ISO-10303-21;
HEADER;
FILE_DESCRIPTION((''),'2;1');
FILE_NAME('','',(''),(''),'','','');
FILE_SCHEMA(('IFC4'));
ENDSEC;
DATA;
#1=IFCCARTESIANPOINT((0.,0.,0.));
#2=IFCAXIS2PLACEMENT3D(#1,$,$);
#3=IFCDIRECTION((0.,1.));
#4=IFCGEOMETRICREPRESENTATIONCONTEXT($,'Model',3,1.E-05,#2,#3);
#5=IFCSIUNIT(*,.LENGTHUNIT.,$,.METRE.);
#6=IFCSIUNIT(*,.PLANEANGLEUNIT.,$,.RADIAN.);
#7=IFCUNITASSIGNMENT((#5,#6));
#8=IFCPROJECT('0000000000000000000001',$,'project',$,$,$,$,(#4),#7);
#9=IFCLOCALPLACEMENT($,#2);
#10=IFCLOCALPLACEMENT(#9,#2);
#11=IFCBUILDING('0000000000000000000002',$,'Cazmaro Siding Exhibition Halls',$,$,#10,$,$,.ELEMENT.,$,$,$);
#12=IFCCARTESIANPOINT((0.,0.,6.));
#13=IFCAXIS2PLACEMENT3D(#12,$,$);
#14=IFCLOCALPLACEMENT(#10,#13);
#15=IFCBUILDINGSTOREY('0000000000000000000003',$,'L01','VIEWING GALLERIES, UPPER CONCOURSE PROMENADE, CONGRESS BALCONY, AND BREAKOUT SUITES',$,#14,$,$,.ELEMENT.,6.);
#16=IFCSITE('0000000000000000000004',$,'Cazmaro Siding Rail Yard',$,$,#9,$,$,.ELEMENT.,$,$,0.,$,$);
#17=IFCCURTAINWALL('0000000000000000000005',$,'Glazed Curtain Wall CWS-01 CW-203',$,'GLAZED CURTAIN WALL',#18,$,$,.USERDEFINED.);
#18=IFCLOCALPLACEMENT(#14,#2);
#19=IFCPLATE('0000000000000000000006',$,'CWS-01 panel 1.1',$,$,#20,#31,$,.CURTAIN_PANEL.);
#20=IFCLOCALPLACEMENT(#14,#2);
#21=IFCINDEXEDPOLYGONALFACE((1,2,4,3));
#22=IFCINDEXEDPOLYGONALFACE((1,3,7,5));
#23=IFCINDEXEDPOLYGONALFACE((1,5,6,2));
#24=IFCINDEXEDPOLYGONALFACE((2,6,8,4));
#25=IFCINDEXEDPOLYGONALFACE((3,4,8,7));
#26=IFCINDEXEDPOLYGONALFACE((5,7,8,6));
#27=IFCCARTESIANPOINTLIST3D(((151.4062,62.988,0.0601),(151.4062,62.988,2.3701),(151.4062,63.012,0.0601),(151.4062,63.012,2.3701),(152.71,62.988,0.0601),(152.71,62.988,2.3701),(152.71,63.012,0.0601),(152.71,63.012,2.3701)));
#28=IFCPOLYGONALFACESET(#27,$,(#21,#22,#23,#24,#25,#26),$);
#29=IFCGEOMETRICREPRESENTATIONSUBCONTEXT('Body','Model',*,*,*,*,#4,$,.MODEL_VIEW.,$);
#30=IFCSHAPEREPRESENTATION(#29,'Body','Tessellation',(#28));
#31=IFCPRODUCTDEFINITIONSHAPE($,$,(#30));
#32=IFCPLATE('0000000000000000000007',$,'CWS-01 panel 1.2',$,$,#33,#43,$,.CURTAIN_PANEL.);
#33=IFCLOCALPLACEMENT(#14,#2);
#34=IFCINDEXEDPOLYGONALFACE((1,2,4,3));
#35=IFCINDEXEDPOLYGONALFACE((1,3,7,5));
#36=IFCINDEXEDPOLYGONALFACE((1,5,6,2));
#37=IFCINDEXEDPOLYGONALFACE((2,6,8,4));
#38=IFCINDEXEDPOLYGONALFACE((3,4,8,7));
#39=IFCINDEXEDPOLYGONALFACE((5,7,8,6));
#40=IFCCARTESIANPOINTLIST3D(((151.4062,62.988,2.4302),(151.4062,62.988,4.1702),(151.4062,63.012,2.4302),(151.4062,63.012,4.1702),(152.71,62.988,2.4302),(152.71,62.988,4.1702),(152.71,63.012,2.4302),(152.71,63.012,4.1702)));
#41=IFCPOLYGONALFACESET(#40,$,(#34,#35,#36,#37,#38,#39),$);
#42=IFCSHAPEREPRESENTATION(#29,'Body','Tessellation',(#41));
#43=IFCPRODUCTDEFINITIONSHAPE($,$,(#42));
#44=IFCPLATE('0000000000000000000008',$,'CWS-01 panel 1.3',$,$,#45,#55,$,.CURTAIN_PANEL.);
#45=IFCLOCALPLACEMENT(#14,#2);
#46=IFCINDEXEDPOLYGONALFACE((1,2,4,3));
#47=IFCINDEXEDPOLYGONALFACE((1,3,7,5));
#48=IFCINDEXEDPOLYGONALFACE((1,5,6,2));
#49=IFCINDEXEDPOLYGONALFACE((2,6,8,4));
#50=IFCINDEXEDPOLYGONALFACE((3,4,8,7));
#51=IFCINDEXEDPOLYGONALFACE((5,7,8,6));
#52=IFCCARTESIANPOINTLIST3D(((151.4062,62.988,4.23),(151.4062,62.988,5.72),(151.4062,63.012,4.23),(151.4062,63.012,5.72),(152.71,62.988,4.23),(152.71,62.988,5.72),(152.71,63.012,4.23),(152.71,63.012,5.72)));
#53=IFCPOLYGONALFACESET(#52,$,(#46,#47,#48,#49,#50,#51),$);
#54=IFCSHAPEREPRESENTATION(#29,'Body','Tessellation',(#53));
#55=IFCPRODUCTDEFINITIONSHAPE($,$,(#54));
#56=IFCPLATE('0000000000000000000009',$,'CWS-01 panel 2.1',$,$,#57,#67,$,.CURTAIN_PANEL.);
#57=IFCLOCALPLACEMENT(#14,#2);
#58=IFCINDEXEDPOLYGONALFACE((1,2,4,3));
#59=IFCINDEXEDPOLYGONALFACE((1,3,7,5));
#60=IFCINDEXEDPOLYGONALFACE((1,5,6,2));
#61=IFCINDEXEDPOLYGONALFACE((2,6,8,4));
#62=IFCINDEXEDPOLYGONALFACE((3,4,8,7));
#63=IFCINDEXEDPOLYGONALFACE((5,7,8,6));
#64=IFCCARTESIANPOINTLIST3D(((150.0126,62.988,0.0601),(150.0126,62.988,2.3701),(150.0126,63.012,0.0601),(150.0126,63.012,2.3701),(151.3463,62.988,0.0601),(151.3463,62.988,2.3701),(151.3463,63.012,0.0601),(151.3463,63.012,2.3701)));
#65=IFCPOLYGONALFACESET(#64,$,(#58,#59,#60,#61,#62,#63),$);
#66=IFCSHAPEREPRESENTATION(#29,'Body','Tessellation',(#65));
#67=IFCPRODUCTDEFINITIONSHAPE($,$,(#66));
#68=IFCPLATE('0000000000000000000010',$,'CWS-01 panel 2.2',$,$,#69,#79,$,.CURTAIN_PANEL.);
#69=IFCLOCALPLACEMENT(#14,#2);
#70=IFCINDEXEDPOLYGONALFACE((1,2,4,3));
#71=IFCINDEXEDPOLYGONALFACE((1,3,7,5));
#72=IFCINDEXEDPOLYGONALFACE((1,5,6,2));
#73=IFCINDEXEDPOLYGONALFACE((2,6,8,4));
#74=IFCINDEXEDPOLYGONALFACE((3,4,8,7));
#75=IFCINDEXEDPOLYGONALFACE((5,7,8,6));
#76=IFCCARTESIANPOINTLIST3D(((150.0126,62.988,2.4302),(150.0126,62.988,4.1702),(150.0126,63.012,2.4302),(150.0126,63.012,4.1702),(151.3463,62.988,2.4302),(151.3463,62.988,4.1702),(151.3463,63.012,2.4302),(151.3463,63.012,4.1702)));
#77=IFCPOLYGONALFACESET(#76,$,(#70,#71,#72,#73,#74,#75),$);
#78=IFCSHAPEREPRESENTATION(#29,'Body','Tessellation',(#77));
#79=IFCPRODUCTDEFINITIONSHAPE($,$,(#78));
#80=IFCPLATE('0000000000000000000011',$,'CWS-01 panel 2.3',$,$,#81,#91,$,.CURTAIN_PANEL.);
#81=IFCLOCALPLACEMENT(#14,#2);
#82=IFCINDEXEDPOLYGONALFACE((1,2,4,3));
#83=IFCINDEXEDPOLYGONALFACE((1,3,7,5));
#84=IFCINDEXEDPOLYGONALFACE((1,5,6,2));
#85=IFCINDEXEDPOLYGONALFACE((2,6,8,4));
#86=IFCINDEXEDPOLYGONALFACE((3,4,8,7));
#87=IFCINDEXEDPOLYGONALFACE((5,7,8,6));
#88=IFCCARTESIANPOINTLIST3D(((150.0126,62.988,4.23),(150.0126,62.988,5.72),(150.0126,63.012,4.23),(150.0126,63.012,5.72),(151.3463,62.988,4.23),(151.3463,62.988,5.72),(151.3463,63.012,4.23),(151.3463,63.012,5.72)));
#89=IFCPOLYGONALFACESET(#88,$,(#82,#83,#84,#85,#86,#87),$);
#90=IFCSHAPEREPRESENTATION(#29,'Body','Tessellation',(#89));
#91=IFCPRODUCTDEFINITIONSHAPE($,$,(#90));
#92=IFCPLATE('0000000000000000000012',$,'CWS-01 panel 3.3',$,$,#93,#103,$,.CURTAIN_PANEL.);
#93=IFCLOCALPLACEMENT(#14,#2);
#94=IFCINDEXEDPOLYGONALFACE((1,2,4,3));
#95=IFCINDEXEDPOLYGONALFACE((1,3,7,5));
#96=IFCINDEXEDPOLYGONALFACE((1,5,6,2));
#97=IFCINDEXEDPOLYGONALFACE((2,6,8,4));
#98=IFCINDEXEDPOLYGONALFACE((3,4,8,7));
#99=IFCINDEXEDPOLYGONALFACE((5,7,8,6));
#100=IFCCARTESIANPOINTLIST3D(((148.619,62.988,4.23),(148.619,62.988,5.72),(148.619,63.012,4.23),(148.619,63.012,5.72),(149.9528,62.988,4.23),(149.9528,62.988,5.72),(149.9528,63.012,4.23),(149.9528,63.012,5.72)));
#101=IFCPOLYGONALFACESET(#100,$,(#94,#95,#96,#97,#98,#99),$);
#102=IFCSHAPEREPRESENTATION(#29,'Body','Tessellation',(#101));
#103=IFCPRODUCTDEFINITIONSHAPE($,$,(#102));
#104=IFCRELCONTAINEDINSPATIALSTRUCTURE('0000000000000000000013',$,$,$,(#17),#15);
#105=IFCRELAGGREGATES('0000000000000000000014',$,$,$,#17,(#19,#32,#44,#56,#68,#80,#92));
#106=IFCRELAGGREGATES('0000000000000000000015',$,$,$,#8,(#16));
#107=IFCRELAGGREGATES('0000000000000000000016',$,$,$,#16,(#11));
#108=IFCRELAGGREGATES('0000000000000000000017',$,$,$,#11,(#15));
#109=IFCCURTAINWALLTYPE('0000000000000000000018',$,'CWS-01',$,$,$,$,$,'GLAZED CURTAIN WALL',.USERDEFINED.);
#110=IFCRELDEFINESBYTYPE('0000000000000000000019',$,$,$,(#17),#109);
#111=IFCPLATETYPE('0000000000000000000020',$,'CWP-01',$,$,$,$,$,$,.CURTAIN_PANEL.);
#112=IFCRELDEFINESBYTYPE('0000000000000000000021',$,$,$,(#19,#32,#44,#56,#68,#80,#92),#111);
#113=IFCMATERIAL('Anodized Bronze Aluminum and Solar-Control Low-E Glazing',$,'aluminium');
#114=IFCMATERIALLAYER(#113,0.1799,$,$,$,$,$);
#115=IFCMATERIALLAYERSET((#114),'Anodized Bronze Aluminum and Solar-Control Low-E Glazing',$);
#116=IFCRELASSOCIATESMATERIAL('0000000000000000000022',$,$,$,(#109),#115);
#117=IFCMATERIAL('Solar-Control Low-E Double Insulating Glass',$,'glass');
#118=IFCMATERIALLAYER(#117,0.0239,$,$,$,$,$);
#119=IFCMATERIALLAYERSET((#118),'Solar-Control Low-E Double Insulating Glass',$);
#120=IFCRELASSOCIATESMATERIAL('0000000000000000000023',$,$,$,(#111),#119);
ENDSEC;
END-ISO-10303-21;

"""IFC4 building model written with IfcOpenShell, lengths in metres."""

from ifc_helpers import new_model, si_unit, direction, frame, origin, origin_2d, place, context, subcontext, project, spatial, rectangle, extrude, material, layer, layer_set, type_object, element, aggregate, save


model = new_model("IFC4")

# Units and contexts
model_context = context("Model", 3, precision=1e-05, world=origin(), true_north=direction((0.0, 1.0)))
body_context = subcontext(model_context, "Body", "Model", "MODEL_VIEW")
ifc_project = project(units=[si_unit("LENGTHUNIT", "METRE"), si_unit("PLANEANGLEUNIT", "RADIAN")], contexts=[model_context])

# Site, building, storey
site_placement = place(None, origin())
site = spatial("IfcSite", under=ifc_project, at=site_placement, Name="Cazmaro Siding Rail Yard", CompositionType="ELEMENT", RefElevation=0.0)
building_placement = place(site_placement, origin())
building = spatial("IfcBuilding", under=site, at=building_placement, Name="Cazmaro Siding Exhibition Halls", CompositionType="ELEMENT")
storey_placement = place(building_placement, frame((0.0, 0.0, 6.0)))
storey = spatial("IfcBuildingStorey", under=building, at=storey_placement, Name="L01", Description="VIEWING GALLERIES, UPPER CONCOURSE PROMENADE, CONGRESS BALCONY, AND BREAKOUT SUITES", CompositionType="ELEMENT", Elevation=6.0)

# Curtain wall, plates
ifc_material_1 = material(Name="Anodized Bronze Aluminum and Solar-Control Low-E Glazing", Category="aluminium")
ifc_layer_1 = layer(ifc_material_1, 0.1799)
ifc_layer_set_1 = layer_set([ifc_layer_1], Name="Anodized Bronze Aluminum and Solar-Control Low-E Glazing")
curtain_wall_type = type_object("IfcCurtainWallType", Name="CWS-01", ElementType="GLAZED CURTAIN WALL", PredefinedType="USERDEFINED", material=ifc_layer_set_1)
curtain_wall_placement = place(storey_placement, origin())
curtain_wall = element("IfcCurtainWall", 1, at=curtain_wall_placement, inside=storey, type_object=curtain_wall_type, Name="Glazed Curtain Wall CWS-01 CW-203", ObjectType="GLAZED CURTAIN WALL", PredefinedType="USERDEFINED")
ifc_material_2 = material(Name="Solar-Control Low-E Double Insulating Glass", Category="glass")
ifc_layer_2 = layer(ifc_material_2, 0.0239)
ifc_layer_set_2 = layer_set([ifc_layer_2], Name="Solar-Control Low-E Double Insulating Glass")
plate_type = type_object("IfcPlateType", Name="CWP-01", PredefinedType="CURTAIN_PANEL", material=ifc_layer_set_2)
plate_1_placement = place(storey_placement, frame((152.0581, 63.0, 0.0601), z_axis=(0.0, 0.0, 1.0), x_axis=(-1.0, 0.0, 0.0)))
plate_1 = element("IfcPlate", 2, at=plate_1_placement, type_object=plate_type, Name="CWS-01 panel 1.1", PredefinedType="CURTAIN_PANEL", context=body_context, shape_type="SweptSolid", body=[
    extrude(rectangle(XDim=1.3037, YDim=0.0239, at=origin_2d()), origin(), (0.0, 0.0, 1.0), 2.3101),
])
plate_2_placement = place(storey_placement, frame((152.0581, 63.0, 2.4302), z_axis=(0.0, 0.0, 1.0), x_axis=(-1.0, 0.0, 0.0)))
plate_2 = element("IfcPlate", 3, at=plate_2_placement, type_object=plate_type, Name="CWS-01 panel 1.2", PredefinedType="CURTAIN_PANEL", context=body_context, shape_type="SweptSolid", body=[
    extrude(rectangle(XDim=1.3037, YDim=0.0239, at=origin_2d()), origin(), (0.0, 0.0, 1.0), 1.74),
])
plate_3_placement = place(storey_placement, frame((152.0581, 63.0, 4.23), z_axis=(0.0, 0.0, 1.0), x_axis=(-1.0, 0.0, 0.0)))
plate_3 = element("IfcPlate", 4, at=plate_3_placement, type_object=plate_type, Name="CWS-01 panel 1.3", PredefinedType="CURTAIN_PANEL", context=body_context, shape_type="SweptSolid", body=[
    extrude(rectangle(XDim=1.3037, YDim=0.0239, at=origin_2d()), origin(), (0.0, 0.0, 1.0), 1.49),
])
plate_4_placement = place(storey_placement, frame((150.6794, 63.0, 0.0601), z_axis=(0.0, 0.0, 1.0), x_axis=(-1.0, 0.0, 0.0)))
plate_4 = element("IfcPlate", 5, at=plate_4_placement, type_object=plate_type, Name="CWS-01 panel 2.1", PredefinedType="CURTAIN_PANEL", context=body_context, shape_type="SweptSolid", body=[
    extrude(rectangle(XDim=1.3337, YDim=0.0239, at=origin_2d()), origin(), (0.0, 0.0, 1.0), 2.3101),
])
plate_5_placement = place(storey_placement, frame((150.6794, 63.0, 2.4302), z_axis=(0.0, 0.0, 1.0), x_axis=(-1.0, 0.0, 0.0)))
plate_5 = element("IfcPlate", 6, at=plate_5_placement, type_object=plate_type, Name="CWS-01 panel 2.2", PredefinedType="CURTAIN_PANEL", context=body_context, shape_type="SweptSolid", body=[
    extrude(rectangle(XDim=1.3337, YDim=0.0239, at=origin_2d()), origin(), (0.0, 0.0, 1.0), 1.74),
])
plate_6_placement = place(storey_placement, frame((150.6794, 63.0, 4.23), z_axis=(0.0, 0.0, 1.0), x_axis=(-1.0, 0.0, 0.0)))
plate_6 = element("IfcPlate", 7, at=plate_6_placement, type_object=plate_type, Name="CWS-01 panel 2.3", PredefinedType="CURTAIN_PANEL", context=body_context, shape_type="SweptSolid", body=[
    extrude(rectangle(XDim=1.3337, YDim=0.0239, at=origin_2d()), origin(), (0.0, 0.0, 1.0), 1.49),
])
plate_7_placement = place(storey_placement, frame((149.2859, 63.0, 4.23), z_axis=(0.0, 0.0, 1.0), x_axis=(-1.0, 0.0, 0.0)))
plate_7 = element("IfcPlate", 8, at=plate_7_placement, type_object=plate_type, Name="CWS-01 panel 3.3", PredefinedType="CURTAIN_PANEL", context=body_context, shape_type="SweptSolid", body=[
    extrude(rectangle(XDim=1.3337, YDim=0.0239, at=origin_2d()), origin(), (0.0, 0.0, 1.0), 1.49),
])
aggregate(curtain_wall, [plate_1, plate_2, plate_3, plate_4, plate_5, plate_6, plate_7])

save(model, "model.ifc")
